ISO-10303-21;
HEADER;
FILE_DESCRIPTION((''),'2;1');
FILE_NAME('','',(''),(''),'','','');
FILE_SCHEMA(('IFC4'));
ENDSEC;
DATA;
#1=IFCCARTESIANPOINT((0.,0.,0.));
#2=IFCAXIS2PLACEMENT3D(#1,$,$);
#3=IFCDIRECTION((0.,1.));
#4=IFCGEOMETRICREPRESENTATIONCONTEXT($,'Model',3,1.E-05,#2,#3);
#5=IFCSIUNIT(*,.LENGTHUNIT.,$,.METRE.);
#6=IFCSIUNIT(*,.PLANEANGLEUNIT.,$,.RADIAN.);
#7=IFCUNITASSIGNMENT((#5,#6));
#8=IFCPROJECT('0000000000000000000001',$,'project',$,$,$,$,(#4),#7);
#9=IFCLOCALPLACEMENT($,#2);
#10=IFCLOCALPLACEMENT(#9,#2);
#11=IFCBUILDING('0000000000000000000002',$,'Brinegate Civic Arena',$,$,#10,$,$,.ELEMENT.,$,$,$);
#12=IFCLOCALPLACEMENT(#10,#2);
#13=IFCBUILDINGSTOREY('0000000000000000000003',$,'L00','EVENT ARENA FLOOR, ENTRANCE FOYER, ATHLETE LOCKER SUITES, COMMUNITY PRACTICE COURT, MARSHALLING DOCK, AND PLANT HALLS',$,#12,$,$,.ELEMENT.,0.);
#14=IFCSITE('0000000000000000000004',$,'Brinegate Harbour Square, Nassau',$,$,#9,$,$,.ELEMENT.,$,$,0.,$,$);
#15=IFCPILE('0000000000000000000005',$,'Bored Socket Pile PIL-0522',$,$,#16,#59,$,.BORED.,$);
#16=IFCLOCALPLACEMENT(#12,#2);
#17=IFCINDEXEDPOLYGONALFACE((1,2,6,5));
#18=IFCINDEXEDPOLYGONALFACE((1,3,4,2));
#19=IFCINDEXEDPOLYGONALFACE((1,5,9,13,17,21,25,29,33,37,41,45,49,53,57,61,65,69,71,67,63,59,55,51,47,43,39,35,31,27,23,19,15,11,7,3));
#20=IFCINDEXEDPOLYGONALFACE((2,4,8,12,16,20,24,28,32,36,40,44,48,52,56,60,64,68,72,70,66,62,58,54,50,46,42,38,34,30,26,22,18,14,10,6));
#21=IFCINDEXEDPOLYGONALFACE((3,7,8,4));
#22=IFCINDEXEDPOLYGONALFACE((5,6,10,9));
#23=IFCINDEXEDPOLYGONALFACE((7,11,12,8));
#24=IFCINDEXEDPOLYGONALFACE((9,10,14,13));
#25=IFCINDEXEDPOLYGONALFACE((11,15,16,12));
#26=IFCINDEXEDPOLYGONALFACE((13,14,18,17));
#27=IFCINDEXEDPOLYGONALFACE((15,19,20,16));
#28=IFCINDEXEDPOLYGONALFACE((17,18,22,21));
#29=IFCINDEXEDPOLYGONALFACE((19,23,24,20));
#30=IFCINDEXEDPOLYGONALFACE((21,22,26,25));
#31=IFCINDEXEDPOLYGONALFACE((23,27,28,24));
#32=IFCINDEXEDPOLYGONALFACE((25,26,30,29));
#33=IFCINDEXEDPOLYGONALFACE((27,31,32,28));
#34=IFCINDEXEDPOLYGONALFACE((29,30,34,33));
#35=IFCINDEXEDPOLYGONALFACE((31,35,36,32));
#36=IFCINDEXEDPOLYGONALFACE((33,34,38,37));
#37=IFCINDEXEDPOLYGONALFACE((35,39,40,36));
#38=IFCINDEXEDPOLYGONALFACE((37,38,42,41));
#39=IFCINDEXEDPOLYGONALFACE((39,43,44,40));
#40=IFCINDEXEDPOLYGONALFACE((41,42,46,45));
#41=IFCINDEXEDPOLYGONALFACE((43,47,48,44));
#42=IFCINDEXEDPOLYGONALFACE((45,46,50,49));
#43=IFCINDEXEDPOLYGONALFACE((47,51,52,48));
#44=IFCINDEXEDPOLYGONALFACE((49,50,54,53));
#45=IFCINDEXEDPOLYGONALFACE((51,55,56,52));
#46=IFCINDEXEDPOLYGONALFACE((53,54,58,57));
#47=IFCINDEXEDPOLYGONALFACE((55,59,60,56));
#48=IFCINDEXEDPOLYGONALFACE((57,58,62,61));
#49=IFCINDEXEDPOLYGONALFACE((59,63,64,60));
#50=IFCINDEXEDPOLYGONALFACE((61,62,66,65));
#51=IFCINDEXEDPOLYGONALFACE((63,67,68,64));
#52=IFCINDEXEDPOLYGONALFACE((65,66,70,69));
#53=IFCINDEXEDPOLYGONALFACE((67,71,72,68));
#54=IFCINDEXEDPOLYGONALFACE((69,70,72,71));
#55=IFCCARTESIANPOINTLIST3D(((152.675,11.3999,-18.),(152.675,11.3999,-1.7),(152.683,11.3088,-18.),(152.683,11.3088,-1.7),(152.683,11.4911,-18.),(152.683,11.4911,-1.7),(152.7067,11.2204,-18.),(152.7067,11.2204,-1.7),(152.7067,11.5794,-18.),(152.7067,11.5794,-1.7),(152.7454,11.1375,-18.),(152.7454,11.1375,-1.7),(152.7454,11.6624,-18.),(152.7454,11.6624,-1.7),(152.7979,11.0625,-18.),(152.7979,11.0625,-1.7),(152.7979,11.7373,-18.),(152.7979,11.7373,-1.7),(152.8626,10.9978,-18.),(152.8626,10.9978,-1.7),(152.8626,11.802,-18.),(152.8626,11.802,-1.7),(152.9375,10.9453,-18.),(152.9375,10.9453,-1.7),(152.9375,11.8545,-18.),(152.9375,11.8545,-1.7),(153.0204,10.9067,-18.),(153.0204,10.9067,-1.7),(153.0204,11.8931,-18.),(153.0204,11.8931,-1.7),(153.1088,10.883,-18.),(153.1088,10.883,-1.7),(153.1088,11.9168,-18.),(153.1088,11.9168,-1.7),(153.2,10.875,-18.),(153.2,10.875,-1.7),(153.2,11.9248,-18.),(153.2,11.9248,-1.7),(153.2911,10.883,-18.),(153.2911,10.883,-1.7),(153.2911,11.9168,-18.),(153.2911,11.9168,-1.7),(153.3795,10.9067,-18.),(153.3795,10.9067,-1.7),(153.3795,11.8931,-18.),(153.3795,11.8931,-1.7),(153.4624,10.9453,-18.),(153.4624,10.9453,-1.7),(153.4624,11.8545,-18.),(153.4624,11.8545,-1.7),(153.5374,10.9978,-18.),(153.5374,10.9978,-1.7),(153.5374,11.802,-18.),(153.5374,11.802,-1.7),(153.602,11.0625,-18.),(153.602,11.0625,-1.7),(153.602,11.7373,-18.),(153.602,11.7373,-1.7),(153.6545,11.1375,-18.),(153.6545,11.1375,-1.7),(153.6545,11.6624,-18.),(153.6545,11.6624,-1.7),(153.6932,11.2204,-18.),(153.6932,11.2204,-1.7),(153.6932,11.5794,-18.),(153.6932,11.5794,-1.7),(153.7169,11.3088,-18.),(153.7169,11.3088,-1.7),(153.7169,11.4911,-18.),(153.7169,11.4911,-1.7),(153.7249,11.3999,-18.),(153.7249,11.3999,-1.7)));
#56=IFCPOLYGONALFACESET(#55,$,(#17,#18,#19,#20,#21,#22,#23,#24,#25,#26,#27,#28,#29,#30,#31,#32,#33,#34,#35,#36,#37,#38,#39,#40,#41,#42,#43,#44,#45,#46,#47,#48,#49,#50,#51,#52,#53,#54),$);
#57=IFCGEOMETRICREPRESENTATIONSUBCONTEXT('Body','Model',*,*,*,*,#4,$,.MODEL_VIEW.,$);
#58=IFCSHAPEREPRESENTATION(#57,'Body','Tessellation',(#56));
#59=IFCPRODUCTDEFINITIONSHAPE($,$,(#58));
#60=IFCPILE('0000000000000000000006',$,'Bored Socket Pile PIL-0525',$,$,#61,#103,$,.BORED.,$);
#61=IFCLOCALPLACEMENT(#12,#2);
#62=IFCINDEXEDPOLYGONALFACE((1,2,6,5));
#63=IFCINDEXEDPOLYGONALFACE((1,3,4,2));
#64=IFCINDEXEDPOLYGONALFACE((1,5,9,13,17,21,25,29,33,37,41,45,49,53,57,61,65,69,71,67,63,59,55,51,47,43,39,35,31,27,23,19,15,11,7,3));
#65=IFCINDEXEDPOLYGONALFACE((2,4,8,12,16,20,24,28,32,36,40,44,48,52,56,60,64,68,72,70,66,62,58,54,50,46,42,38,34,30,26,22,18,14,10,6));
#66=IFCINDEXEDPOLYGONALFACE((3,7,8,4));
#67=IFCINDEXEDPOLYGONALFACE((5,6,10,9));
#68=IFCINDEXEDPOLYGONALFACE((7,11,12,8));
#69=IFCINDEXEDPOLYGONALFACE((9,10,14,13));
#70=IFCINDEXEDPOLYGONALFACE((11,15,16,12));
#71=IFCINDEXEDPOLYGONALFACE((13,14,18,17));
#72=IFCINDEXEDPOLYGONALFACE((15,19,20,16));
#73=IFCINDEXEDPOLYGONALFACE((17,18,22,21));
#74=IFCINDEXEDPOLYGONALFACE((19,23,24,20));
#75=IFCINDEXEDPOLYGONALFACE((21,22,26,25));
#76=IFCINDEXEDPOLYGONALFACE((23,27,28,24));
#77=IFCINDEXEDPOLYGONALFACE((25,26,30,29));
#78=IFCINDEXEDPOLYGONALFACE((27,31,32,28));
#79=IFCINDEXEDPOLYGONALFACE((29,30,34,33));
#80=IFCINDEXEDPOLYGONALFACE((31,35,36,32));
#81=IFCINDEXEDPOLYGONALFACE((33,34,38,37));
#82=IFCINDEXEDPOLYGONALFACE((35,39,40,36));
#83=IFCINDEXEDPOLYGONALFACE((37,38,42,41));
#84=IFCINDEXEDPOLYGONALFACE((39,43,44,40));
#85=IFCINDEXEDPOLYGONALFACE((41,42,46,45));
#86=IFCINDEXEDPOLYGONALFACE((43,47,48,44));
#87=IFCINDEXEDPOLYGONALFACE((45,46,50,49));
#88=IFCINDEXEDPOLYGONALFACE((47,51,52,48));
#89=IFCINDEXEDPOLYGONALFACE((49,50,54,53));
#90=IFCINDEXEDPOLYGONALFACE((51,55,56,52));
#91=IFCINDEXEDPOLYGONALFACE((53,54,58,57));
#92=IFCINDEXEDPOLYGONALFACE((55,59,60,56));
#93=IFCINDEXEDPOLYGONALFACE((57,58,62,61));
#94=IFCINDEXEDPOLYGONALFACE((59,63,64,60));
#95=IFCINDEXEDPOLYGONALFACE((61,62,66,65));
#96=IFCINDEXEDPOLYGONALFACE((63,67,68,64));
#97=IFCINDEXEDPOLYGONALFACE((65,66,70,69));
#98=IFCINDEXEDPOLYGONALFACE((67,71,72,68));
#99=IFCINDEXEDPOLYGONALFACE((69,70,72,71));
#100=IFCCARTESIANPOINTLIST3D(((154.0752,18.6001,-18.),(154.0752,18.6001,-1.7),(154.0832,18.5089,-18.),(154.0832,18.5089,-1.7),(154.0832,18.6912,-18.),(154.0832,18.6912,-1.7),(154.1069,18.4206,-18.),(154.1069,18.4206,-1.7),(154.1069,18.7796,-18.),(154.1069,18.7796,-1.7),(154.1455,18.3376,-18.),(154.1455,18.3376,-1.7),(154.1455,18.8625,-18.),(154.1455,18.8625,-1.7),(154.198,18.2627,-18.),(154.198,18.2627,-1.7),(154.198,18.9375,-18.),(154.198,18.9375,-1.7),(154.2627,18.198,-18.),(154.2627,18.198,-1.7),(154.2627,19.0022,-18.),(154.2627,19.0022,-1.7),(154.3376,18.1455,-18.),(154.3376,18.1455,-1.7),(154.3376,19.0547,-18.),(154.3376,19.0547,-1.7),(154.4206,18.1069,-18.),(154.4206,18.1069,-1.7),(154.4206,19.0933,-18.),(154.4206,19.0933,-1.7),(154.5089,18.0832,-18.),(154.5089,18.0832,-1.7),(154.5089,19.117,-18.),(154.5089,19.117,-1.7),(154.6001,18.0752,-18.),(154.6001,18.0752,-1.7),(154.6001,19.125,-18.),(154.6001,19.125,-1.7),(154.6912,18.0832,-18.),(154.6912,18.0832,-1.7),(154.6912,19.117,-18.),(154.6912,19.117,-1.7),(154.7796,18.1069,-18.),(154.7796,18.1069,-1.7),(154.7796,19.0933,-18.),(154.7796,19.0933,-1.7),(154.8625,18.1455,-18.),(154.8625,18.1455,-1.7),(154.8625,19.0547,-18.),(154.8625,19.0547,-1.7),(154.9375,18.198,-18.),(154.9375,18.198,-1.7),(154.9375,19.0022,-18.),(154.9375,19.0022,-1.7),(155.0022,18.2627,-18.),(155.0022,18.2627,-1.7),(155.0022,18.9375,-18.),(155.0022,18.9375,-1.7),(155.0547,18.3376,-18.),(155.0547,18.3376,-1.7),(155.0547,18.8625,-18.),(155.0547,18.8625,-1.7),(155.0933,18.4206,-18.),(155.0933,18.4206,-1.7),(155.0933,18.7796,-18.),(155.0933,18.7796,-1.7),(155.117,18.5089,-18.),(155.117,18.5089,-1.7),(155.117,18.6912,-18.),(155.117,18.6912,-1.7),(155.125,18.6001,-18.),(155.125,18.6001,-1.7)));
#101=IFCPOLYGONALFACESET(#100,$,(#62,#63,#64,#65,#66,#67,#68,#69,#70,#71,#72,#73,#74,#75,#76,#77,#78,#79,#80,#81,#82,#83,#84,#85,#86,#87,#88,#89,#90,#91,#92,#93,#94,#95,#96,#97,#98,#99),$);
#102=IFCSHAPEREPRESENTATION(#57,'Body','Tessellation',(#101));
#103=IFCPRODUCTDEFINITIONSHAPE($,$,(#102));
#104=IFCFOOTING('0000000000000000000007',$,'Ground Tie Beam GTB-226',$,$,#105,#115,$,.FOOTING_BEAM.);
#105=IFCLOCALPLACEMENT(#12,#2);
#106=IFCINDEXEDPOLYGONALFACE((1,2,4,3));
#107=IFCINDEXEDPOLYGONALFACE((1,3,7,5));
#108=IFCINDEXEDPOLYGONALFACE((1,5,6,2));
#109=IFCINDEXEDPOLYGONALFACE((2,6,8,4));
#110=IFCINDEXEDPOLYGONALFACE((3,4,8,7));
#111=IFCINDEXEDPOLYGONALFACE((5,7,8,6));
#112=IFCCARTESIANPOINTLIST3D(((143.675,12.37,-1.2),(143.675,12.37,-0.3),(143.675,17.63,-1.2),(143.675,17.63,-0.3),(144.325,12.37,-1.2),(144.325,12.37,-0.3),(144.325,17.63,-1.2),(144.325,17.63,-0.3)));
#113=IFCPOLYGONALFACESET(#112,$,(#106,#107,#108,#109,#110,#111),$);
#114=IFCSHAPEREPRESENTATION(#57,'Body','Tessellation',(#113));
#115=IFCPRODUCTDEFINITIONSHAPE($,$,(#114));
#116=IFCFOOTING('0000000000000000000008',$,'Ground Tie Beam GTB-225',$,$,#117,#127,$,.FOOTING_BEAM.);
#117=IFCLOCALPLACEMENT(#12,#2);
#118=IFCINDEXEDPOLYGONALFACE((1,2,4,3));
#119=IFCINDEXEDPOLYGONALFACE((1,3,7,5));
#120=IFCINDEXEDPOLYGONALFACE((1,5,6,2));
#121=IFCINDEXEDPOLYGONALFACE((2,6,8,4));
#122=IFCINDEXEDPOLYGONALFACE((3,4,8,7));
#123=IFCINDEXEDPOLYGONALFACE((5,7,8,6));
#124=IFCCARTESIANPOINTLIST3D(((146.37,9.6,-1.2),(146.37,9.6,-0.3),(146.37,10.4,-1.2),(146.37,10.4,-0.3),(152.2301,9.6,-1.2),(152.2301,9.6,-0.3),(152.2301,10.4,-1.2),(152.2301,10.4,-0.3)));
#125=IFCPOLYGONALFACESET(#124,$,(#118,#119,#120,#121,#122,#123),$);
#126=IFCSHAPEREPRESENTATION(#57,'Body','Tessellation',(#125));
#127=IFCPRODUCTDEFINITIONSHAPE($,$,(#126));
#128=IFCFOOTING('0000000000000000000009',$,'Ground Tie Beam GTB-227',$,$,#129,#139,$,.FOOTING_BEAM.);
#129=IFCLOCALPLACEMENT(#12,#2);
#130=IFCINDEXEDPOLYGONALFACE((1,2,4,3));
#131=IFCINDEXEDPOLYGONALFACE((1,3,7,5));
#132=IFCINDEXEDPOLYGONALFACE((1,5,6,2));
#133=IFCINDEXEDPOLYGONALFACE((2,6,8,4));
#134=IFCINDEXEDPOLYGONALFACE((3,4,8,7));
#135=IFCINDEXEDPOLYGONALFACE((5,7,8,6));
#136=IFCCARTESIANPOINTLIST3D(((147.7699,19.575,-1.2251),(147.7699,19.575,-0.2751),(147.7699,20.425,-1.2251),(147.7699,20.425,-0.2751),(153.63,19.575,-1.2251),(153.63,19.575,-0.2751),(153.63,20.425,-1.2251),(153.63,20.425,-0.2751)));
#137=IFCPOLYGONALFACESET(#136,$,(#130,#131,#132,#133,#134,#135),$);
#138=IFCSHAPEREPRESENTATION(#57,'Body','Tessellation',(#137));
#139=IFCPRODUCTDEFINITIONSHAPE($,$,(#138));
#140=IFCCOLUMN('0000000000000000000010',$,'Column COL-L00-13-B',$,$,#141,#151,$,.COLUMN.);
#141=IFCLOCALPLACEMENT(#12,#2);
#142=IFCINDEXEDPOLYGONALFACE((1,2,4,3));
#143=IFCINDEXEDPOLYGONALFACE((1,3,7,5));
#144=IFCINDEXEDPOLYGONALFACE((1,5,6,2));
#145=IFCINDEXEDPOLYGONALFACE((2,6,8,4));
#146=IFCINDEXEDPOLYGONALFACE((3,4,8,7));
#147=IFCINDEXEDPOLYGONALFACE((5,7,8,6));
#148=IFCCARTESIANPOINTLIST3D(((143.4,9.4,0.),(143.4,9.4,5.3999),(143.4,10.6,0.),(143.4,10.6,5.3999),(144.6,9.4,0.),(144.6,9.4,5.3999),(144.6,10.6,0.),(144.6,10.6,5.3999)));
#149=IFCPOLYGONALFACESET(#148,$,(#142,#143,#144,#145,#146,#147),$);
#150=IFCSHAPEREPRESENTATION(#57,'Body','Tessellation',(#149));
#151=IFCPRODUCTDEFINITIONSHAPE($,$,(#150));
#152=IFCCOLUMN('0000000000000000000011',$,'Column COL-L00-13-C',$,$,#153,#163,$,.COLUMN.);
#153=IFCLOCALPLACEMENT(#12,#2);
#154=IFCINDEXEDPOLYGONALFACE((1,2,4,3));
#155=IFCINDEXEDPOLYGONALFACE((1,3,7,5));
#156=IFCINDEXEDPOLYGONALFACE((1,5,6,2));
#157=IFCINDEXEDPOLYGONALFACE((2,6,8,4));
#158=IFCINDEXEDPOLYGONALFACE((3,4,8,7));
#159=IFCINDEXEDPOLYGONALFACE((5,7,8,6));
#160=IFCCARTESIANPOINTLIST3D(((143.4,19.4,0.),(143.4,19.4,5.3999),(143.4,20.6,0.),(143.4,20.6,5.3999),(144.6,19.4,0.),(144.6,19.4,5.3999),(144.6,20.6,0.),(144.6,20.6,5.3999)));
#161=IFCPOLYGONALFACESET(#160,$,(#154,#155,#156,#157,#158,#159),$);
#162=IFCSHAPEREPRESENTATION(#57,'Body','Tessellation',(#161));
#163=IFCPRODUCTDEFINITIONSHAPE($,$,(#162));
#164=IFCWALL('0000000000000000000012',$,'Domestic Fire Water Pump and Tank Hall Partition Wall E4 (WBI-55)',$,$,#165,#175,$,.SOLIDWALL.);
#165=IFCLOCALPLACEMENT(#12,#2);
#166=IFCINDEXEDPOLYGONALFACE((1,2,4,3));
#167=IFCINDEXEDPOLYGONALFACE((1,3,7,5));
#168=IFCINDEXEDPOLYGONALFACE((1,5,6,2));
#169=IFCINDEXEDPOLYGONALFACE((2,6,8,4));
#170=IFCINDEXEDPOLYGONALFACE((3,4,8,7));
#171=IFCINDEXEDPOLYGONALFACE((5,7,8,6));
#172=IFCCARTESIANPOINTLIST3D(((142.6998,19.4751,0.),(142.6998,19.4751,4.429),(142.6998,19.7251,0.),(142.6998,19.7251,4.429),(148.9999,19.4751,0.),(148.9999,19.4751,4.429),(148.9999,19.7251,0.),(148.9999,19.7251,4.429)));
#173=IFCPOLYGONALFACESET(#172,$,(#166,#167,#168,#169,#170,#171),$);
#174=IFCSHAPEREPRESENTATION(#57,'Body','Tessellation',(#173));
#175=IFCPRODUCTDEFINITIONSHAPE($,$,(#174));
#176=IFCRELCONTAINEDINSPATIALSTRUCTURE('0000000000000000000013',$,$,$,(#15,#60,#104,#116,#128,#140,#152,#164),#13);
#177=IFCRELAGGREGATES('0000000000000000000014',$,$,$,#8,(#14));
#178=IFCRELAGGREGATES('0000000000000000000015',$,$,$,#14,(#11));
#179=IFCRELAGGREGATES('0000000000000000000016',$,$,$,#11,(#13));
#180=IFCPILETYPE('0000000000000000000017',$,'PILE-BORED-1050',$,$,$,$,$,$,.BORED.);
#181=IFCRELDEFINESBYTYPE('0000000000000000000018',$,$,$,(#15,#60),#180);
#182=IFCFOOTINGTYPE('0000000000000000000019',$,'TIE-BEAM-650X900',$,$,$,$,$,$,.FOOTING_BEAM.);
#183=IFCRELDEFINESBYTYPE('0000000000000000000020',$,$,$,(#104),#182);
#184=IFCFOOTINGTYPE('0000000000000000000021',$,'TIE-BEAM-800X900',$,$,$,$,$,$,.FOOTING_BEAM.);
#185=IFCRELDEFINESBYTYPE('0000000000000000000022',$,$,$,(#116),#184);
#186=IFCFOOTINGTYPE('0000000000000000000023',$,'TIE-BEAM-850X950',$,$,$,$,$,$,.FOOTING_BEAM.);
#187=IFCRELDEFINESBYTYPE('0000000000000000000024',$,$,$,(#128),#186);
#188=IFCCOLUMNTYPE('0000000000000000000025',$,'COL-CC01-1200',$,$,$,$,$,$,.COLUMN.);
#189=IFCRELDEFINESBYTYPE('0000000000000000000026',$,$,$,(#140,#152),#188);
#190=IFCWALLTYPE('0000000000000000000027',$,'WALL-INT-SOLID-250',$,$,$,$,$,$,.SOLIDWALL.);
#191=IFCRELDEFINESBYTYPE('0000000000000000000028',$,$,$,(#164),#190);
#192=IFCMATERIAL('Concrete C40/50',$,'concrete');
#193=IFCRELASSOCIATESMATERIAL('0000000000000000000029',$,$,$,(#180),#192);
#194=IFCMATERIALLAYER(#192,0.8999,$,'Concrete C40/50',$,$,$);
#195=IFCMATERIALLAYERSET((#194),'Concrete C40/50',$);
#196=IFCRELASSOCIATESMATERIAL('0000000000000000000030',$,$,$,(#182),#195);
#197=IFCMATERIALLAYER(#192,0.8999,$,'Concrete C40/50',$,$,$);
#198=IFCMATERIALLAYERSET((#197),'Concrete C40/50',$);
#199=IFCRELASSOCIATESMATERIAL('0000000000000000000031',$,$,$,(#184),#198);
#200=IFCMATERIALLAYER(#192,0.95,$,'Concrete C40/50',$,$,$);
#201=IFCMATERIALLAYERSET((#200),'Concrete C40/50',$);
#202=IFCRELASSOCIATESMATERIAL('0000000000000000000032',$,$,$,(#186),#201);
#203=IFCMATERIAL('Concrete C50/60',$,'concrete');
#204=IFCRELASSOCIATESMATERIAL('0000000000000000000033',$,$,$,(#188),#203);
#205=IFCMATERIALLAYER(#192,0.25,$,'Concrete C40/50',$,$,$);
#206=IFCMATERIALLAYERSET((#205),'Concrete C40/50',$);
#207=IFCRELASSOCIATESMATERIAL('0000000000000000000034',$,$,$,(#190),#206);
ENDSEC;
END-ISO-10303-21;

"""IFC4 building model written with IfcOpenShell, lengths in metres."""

from ifc_helpers import new_model, si_unit, direction, frame, frame_2d, origin, origin_2d, place, context, subcontext, project, spatial, rectangle, circle, extrude, material, layer, layer_set, material_profile, profile_set, type_object, element, save


model = new_model("IFC4")

# Units and contexts
model_context = context("Model", 3, precision=1e-05, world=origin(), true_north=direction((0.0, 1.0)))
body_context = subcontext(model_context, "Body", "Model", "MODEL_VIEW")
ifc_project = project(units=[si_unit("LENGTHUNIT", "METRE"), si_unit("PLANEANGLEUNIT", "RADIAN")], contexts=[model_context])

# Site, building, storey
site_placement = place(None, origin())
site = spatial("IfcSite", under=ifc_project, at=site_placement, Name="Brinegate Harbour Square, Nassau", CompositionType="ELEMENT", RefElevation=0.0)
building_placement = place(site_placement, origin())
building = spatial("IfcBuilding", under=site, at=building_placement, Name="Brinegate Civic Arena", CompositionType="ELEMENT")
storey_placement = place(building_placement, origin())
storey = spatial("IfcBuildingStorey", under=building, at=storey_placement, Name="L00", Description="EVENT ARENA FLOOR, ENTRANCE FOYER, ATHLETE LOCKER SUITES, COMMUNITY PRACTICE COURT, MARSHALLING DOCK, AND PLANT HALLS", CompositionType="ELEMENT", Elevation=0.0)

# Shared definitions
ifc_material_1 = material(Name="Concrete C40/50", Category="concrete")

# Piles
ifc_material_profile_1 = material_profile(ifc_material_1, circle(Radius=0.5249, at=origin_2d()), Name="PILED1050")
ifc_profile_set_1 = profile_set([ifc_material_profile_1], Name="Concrete C40/50")
pile_type = type_object("IfcPileType", Name="PILE-BORED-1050", PredefinedType="BORED", material=ifc_profile_set_1)
for number, where, z_axis, x_axis, name in (
    (1, (153.2, 11.3999, -1.7), (0.0, 0.0, -1.0), (1.0, 0.0, 0.0), "Bored Socket Pile PIL-0522"),
    (2, (154.6001, 18.6001, -1.7), (0.0, 0.0, -1.0), (1.0, 0.0, 0.0), "Bored Socket Pile PIL-0525"),
):
    element("IfcPile", number, at=place(storey_placement, frame(where, z_axis=z_axis, x_axis=x_axis)), inside=storey, type_object=pile_type, Name=name, PredefinedType="BORED", context=body_context, shape_type="SweptSolid", body=[
        extrude(circle(Radius=0.5249, at=origin_2d()), origin(), (0.0, 0.0, 1.0), 16.3),
    ])

# Footings
ifc_layer_1 = layer(ifc_material_1, 0.8999, Name="Concrete C40/50")
ifc_layer_set_1 = layer_set([ifc_layer_1], Name="Concrete C40/50")
footing_type_1 = type_object("IfcFootingType", Name="TIE-BEAM-650X900", PredefinedType="FOOTING_BEAM", material=ifc_layer_set_1)
footing_1_placement = place(storey_placement, frame((144.0, 15.0, -1.2), z_axis=(0.0, 0.0, 1.0), x_axis=(0.0, 1.0, 0.0)))
element("IfcFooting", 3, at=footing_1_placement, inside=storey, type_object=footing_type_1, Name="Ground Tie Beam GTB-226", PredefinedType="FOOTING_BEAM", context=body_context, shape_type="SweptSolid", body=[
    extrude(rectangle(XDim=5.26, YDim=0.6499, at=origin_2d()), origin(), (0.0, 0.0, 1.0), 0.8999),
])
ifc_layer_2 = layer(ifc_material_1, 0.8999, Name="Concrete C40/50")
ifc_layer_set_2 = layer_set([ifc_layer_2], Name="Concrete C40/50")
footing_type_2 = type_object("IfcFootingType", Name="TIE-BEAM-800X900", PredefinedType="FOOTING_BEAM", material=ifc_layer_set_2)
footing_2_placement = place(storey_placement, frame((149.3, 10.0, -1.2), z_axis=(0.0, 0.0, 1.0), x_axis=(1.0, 0.0, 0.0)))
element("IfcFooting", 4, at=footing_2_placement, inside=storey, type_object=footing_type_2, Name="Ground Tie Beam GTB-225", PredefinedType="FOOTING_BEAM", context=body_context, shape_type="SweptSolid", body=[
    extrude(rectangle(XDim=5.8601, YDim=0.8, at=origin_2d()), origin(), (0.0, 0.0, 1.0), 0.8999),
])
ifc_layer_3 = layer(ifc_material_1, 0.95, Name="Concrete C40/50")
ifc_layer_set_3 = layer_set([ifc_layer_3], Name="Concrete C40/50")
footing_type_3 = type_object("IfcFootingType", Name="TIE-BEAM-850X950", PredefinedType="FOOTING_BEAM", material=ifc_layer_set_3)
footing_3_placement = place(storey_placement, frame((150.7, 20.0, -1.2251), z_axis=(0.0, 0.0, 1.0), x_axis=(1.0, 0.0, 0.0)))
element("IfcFooting", 5, at=footing_3_placement, inside=storey, type_object=footing_type_3, Name="Ground Tie Beam GTB-227", PredefinedType="FOOTING_BEAM", context=body_context, shape_type="SweptSolid", body=[
    extrude(rectangle(XDim=5.8601, YDim=0.8501, at=origin_2d()), origin(), (0.0, 0.0, 1.0), 0.95),
])

# Columns
ifc_material_2 = material(Name="Concrete C50/60", Category="concrete")
ifc_material_profile_2 = material_profile(ifc_material_2, rectangle(XDim=1.2, YDim=1.2, at=origin_2d()), Name="RC1200X1200")
ifc_profile_set_2 = profile_set([ifc_material_profile_2], Name="Concrete C50/60")
column_type = type_object("IfcColumnType", Name="COL-CC01-1200", PredefinedType="COLUMN", material=ifc_profile_set_2)
for number, where, z_axis, x_axis, name in (
    (6, (144.0, 10.0, 0.0), (0.0, 0.0, 1.0), (1.0, 0.0, 0.0), "Column COL-L00-13-B"),
    (7, (144.0, 20.0, 0.0), (0.0, 0.0, 1.0), (1.0, 0.0, 0.0), "Column COL-L00-13-C"),
):
    element("IfcColumn", number, at=place(storey_placement, frame(where, z_axis=z_axis, x_axis=x_axis)), inside=storey, type_object=column_type, Name=name, PredefinedType="COLUMN", context=body_context, shape_type="SweptSolid", body=[
        extrude(rectangle(XDim=1.2, YDim=1.2, at=origin_2d()), origin(), (0.0, 0.0, 1.0), 5.3999),
    ])

# Shared definitions
ifc_layer_4 = layer(ifc_material_1, 0.25, Name="Concrete C40/50")
ifc_layer_set_4 = layer_set([ifc_layer_4], Name="Concrete C40/50")
wall_type_1 = type_object("IfcWallType", Name="WALL-INT-SOLID-250", PredefinedType="SOLIDWALL", material=ifc_layer_set_4)

# Wall
wall_1_placement = place(storey_placement, frame((142.7, 19.6001, 0.0), z_axis=(0.0, 0.0, 1.0), x_axis=(1.0, 0.0, 0.0)))
element("IfcWall", 8, at=wall_1_placement, inside=storey, type_object=wall_type_1, Name="Domestic Fire Water Pump and Tank Hall Partition Wall E4 (WBI-55)", PredefinedType="SOLIDWALL", context=body_context, shape_type="SweptSolid", body=[
    extrude(rectangle(XDim=6.3, YDim=0.25, at=frame_2d((3.1499, 0.0))), origin(), (0.0, 0.0, 1.0), 4.429),
])

save(model, "model.ifc")
